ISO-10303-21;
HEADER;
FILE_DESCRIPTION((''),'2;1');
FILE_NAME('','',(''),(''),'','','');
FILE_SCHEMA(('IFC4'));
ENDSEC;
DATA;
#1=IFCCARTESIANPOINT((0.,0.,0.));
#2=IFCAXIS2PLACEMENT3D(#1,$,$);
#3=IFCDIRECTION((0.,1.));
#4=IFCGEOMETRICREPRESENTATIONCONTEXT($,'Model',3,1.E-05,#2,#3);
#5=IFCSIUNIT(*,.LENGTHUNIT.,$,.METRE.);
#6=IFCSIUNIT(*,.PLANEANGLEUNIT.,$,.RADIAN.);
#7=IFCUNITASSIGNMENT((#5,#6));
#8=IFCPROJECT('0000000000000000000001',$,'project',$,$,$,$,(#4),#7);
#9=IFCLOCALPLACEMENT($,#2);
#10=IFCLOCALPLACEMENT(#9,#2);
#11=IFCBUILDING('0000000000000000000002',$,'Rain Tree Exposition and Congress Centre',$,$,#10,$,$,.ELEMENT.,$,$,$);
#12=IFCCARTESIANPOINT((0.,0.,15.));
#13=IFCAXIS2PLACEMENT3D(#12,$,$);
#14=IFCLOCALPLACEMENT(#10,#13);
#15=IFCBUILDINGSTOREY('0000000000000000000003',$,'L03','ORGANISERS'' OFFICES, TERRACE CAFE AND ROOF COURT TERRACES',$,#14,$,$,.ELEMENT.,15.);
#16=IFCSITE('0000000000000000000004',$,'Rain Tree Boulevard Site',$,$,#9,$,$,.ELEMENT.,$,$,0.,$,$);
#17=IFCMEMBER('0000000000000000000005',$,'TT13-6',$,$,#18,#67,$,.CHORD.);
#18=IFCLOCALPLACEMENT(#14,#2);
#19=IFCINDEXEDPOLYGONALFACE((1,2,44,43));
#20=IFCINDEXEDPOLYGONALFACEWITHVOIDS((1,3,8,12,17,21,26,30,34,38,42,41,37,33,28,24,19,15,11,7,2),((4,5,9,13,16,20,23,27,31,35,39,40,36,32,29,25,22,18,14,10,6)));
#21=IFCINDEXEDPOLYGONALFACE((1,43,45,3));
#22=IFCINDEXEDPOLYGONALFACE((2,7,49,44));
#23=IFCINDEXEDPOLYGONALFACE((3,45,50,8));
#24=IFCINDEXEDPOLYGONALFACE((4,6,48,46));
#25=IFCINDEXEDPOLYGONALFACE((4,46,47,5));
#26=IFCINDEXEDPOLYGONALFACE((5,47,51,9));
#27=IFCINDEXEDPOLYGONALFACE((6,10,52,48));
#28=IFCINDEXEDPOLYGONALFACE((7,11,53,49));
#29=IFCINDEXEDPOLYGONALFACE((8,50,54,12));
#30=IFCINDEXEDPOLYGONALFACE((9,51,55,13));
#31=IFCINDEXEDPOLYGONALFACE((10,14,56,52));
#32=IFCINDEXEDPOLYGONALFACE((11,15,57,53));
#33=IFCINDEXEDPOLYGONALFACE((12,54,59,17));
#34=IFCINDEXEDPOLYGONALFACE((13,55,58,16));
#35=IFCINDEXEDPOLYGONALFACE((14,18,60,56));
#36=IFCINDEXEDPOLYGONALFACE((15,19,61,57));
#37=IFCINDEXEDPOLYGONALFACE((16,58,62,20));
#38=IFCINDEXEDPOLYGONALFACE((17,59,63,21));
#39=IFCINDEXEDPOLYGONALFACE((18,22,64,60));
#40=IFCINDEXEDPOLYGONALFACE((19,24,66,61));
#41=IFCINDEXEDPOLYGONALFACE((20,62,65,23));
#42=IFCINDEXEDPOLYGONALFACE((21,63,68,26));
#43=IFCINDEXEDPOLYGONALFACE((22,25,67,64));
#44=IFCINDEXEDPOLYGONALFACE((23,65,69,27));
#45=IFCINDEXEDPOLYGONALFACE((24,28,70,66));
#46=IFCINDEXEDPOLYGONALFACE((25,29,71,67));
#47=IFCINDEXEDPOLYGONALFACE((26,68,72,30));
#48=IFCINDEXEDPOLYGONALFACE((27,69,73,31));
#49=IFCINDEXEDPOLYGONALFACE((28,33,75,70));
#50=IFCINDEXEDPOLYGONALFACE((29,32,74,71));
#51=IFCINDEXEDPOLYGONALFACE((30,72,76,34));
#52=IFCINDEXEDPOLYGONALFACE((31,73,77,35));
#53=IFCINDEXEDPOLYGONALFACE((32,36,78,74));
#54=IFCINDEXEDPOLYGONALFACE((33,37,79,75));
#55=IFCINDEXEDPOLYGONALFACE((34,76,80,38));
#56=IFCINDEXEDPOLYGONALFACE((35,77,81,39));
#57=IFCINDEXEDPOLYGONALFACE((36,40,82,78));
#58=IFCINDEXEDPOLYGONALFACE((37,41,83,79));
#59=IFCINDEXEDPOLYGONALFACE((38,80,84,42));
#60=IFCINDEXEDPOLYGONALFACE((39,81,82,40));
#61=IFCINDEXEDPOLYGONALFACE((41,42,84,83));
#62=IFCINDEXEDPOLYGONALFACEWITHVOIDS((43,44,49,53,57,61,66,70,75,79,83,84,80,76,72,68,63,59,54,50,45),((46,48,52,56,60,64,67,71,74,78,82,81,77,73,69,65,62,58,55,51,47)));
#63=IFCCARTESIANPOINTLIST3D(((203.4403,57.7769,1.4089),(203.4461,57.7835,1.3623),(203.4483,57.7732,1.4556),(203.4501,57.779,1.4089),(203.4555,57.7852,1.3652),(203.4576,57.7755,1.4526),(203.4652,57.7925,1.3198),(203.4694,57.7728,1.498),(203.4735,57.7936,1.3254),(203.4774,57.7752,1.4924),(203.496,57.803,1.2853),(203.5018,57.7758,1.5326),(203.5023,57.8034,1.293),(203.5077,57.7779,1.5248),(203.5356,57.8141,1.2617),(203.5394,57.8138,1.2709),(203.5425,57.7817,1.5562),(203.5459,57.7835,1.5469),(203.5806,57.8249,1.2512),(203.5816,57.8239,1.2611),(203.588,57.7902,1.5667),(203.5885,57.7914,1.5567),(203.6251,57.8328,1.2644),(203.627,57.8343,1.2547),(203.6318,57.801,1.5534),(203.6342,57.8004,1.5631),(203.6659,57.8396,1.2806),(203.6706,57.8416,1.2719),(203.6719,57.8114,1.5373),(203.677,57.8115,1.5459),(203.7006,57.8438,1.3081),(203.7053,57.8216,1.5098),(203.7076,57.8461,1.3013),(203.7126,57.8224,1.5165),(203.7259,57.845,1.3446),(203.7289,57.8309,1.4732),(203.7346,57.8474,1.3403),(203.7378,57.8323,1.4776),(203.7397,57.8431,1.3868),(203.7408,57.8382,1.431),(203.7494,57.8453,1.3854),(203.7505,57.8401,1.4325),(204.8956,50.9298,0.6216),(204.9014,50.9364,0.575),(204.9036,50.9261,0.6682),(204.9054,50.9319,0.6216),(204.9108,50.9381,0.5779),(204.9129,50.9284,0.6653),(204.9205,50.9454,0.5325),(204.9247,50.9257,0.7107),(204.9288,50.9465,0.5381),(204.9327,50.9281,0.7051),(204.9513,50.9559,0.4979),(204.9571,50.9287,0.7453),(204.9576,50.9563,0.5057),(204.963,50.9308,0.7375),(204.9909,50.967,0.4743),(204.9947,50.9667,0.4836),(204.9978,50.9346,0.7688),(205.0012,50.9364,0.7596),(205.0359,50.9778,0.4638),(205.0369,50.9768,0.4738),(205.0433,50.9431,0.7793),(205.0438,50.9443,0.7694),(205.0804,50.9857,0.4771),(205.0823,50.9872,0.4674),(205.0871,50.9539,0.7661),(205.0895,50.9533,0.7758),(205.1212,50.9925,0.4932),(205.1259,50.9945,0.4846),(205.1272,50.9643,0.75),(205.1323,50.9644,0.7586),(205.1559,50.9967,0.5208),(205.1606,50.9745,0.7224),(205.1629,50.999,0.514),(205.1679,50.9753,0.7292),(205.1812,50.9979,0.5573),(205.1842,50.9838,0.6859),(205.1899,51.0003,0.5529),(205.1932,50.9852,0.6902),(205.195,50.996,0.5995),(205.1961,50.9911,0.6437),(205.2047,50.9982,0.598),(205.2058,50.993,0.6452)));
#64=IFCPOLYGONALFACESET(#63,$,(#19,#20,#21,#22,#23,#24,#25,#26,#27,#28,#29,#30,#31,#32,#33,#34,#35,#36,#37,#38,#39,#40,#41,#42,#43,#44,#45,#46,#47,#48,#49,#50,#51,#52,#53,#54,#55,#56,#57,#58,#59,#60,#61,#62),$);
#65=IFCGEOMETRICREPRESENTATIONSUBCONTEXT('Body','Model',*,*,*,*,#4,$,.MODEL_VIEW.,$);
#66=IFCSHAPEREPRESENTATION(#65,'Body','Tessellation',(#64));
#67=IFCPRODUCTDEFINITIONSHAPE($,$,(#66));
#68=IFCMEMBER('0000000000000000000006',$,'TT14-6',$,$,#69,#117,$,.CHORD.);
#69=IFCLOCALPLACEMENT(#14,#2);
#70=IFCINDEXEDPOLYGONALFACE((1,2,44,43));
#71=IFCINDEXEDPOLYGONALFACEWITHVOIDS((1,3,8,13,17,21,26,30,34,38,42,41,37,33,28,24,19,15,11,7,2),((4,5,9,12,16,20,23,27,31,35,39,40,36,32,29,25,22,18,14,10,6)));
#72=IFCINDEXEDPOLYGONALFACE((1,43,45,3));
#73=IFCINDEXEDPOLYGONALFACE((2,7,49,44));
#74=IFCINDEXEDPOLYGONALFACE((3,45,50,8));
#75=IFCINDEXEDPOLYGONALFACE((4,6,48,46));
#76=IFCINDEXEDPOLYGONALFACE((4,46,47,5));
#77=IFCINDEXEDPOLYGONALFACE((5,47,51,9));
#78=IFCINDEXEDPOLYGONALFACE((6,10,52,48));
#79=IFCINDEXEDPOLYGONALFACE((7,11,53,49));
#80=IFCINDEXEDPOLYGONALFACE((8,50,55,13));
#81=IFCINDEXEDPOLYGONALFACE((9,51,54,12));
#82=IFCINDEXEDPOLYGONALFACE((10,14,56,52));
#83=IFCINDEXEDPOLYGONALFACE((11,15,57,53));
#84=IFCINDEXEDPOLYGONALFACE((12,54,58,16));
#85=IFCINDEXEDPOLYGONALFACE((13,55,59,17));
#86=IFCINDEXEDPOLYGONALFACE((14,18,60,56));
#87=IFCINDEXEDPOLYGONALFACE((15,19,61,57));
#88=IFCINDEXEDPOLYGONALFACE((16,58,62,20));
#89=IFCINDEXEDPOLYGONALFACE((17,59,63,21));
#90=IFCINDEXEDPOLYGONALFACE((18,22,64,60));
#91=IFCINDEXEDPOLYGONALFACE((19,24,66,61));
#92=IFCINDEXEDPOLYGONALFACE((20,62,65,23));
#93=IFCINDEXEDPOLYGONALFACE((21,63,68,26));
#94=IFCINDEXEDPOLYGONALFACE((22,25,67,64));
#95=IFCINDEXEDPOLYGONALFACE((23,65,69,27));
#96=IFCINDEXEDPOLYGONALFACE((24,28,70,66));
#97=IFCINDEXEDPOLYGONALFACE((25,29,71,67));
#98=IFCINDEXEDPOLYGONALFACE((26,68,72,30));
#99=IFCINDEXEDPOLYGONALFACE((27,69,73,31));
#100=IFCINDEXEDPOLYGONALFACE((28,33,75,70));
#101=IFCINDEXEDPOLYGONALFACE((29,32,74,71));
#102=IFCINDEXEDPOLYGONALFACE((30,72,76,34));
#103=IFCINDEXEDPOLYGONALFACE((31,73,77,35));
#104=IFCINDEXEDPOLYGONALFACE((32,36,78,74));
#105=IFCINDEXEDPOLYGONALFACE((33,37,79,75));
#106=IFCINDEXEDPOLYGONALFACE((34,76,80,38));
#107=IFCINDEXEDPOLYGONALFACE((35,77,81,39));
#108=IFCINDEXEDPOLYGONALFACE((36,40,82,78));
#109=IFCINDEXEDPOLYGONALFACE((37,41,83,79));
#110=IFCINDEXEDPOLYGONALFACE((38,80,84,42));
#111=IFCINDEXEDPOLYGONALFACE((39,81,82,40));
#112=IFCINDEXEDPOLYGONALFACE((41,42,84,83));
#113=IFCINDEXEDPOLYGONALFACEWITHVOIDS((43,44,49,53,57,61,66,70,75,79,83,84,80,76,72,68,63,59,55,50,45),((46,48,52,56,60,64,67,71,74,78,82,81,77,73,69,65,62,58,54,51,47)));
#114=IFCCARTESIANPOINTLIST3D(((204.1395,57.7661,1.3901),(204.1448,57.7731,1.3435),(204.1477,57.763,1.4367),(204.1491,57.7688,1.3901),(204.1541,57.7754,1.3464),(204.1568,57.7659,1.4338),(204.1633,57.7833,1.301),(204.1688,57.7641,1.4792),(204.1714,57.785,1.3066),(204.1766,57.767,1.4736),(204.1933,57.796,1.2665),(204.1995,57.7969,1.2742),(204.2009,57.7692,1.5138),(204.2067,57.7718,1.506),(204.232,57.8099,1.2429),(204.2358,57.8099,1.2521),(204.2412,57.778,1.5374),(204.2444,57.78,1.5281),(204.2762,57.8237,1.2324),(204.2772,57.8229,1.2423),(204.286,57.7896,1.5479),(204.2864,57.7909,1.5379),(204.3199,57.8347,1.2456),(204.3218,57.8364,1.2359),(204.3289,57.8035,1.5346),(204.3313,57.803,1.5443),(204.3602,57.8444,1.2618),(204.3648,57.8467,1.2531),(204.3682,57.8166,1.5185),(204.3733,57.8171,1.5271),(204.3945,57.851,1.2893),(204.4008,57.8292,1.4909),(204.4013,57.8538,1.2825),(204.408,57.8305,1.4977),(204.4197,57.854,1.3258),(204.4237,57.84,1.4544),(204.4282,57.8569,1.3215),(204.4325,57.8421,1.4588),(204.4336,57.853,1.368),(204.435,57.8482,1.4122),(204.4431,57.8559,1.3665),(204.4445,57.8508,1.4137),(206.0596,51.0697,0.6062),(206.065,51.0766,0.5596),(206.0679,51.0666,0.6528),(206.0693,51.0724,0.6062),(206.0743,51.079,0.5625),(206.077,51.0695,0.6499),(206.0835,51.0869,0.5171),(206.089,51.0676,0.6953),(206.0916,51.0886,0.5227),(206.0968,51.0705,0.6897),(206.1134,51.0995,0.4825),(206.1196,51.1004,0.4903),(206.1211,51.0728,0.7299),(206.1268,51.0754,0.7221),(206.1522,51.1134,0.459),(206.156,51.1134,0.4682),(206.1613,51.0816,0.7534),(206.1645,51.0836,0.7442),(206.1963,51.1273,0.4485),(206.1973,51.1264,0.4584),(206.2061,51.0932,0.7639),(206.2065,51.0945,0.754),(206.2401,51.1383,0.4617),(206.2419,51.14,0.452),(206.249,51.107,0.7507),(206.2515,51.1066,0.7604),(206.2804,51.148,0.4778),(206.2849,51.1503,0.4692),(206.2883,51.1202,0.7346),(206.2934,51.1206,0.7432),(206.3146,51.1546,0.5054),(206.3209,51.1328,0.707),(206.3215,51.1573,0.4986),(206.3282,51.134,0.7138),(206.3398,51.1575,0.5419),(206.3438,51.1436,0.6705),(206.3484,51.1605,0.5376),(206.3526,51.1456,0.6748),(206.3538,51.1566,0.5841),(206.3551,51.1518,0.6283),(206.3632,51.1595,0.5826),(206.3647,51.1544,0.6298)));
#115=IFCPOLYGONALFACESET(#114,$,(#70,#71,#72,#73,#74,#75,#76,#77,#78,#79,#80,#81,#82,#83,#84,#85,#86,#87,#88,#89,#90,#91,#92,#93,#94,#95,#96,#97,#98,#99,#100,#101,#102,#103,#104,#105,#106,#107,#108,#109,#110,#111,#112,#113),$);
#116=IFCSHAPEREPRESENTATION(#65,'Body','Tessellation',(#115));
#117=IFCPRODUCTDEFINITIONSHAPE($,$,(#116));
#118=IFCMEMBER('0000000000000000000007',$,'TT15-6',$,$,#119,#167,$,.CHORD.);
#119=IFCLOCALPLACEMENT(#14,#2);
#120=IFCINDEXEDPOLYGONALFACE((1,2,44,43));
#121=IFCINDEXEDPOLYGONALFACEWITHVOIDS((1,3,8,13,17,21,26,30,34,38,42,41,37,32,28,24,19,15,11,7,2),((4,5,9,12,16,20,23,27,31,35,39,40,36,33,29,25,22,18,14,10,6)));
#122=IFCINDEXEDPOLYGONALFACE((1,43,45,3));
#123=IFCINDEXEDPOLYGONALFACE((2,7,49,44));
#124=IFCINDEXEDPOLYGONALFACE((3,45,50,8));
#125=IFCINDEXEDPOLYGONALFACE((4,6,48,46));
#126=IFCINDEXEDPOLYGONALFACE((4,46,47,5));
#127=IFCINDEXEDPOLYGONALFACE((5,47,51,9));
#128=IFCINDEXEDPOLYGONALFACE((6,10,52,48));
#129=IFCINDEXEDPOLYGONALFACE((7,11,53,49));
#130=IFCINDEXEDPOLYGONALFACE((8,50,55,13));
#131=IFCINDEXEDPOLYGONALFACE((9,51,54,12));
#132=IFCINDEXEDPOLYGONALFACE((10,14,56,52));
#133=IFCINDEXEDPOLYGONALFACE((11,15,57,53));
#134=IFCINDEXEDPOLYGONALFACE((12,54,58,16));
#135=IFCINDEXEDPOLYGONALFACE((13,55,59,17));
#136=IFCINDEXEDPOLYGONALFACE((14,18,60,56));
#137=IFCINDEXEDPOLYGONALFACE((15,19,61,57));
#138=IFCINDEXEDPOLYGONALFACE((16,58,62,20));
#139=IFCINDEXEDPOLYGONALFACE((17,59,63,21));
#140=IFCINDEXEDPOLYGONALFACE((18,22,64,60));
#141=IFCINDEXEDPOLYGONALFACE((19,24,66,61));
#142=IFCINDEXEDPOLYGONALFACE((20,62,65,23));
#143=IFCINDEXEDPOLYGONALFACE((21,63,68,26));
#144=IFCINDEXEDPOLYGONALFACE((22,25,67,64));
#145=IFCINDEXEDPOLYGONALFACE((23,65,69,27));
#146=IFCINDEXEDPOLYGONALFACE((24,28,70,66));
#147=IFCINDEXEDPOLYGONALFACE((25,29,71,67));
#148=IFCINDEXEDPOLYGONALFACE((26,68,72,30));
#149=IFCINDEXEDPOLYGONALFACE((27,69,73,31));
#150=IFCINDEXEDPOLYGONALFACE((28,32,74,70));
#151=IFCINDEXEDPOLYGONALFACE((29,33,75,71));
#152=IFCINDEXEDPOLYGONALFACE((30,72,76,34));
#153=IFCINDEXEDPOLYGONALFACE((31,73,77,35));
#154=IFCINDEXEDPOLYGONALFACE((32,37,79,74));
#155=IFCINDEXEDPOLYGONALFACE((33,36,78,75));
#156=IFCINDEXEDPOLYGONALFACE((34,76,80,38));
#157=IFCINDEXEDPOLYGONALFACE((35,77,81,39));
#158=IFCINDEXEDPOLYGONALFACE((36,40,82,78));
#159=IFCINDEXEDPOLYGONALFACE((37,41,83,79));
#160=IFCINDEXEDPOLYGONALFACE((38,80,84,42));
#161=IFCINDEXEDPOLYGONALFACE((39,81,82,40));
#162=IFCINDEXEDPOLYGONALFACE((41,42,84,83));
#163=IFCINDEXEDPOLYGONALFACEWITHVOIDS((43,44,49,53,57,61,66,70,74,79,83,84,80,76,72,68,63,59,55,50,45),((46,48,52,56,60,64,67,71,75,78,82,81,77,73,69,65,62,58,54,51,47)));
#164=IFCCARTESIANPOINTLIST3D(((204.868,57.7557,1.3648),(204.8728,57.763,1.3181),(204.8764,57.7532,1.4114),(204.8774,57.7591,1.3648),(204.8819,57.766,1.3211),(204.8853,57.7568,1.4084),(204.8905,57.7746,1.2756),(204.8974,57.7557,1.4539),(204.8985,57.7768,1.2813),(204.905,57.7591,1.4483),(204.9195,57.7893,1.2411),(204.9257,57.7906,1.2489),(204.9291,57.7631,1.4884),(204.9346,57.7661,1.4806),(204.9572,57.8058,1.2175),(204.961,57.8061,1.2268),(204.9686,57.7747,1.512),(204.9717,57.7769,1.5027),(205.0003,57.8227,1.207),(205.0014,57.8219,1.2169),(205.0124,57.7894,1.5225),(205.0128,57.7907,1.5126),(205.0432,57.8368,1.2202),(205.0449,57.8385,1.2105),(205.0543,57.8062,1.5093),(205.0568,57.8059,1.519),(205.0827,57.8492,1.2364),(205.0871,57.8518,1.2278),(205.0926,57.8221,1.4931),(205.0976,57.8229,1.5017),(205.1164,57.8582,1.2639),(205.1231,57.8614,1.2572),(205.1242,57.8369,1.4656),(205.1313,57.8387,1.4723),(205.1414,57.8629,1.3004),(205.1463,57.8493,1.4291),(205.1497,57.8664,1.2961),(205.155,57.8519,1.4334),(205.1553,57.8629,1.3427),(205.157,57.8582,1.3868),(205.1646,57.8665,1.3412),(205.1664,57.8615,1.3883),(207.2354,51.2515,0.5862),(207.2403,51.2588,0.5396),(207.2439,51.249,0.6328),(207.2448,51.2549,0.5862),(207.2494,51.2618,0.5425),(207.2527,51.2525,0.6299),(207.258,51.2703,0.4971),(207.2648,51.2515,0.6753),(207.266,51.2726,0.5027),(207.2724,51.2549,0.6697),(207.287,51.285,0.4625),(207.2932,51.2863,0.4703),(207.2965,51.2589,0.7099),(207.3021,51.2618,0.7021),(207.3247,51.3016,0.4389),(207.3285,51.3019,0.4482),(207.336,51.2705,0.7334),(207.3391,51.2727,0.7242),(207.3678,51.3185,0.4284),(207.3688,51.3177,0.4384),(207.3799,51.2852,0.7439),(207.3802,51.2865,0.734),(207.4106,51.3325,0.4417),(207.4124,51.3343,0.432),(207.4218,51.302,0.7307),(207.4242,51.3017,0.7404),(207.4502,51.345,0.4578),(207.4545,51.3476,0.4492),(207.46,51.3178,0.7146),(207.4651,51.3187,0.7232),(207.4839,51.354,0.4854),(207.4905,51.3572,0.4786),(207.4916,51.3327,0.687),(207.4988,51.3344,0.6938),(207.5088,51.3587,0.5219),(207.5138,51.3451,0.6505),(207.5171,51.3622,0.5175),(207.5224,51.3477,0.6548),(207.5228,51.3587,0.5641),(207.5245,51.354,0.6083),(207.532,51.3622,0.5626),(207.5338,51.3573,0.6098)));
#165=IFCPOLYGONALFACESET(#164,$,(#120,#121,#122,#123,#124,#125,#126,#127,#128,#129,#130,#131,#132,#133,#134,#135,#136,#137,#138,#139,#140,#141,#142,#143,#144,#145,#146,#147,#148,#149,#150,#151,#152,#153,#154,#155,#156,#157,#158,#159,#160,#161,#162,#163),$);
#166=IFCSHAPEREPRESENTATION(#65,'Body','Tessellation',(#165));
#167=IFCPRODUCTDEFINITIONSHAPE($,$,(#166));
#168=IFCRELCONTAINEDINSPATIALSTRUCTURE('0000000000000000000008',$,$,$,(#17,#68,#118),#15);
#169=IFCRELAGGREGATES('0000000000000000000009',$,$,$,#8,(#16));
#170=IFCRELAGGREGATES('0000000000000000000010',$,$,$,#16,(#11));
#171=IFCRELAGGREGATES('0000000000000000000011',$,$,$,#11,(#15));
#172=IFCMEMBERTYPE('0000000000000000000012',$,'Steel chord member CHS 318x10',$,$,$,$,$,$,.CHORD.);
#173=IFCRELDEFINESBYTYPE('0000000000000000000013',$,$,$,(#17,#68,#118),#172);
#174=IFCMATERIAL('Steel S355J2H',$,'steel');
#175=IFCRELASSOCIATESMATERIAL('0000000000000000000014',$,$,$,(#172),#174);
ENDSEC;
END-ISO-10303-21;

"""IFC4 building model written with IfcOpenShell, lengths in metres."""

from ifc_helpers import new_model, si_unit, direction, frame, origin, origin_2d, place, context, subcontext, project, spatial, hollow_circle, extrude, material, material_profile, profile_set, type_object, element, save


model = new_model("IFC4")

# Units and contexts
model_context = context("Model", 3, precision=1e-05, world=origin(), true_north=direction((0.0, 1.0)))
body_context = subcontext(model_context, "Body", "Model", "MODEL_VIEW")
ifc_project = project(units=[si_unit("LENGTHUNIT", "METRE"), si_unit("PLANEANGLEUNIT", "RADIAN")], contexts=[model_context])

# Site, building, storey
site_placement = place(None, origin())
site = spatial("IfcSite", under=ifc_project, at=site_placement, Name="Rain Tree Boulevard Site", CompositionType="ELEMENT", RefElevation=0.0)
building_placement = place(site_placement, origin())
building = spatial("IfcBuilding", under=site, at=building_placement, Name="Rain Tree Exposition and Congress Centre", CompositionType="ELEMENT")
storey_placement = place(building_placement, frame((0.0, 0.0, 15.0)))
storey = spatial("IfcBuildingStorey", under=building, at=storey_placement, Name="L03", Description="ORGANISERS' OFFICES, TERRACE CAFE AND ROOF COURT TERRACES", CompositionType="ELEMENT", Elevation=15.0)

# Members
ifc_material_1 = material(Name="Steel S355J2H", Category="steel")
ifc_material_profile_1 = material_profile(ifc_material_1, hollow_circle(Radius=0.1592, WallThickness=0.01, at=origin_2d()), Name="CHS 318x10")
ifc_profile_set_1 = profile_set([ifc_material_profile_1], Name="Steel S355J2H")
member_type_1 = type_object("IfcMemberType", Name="Steel chord member CHS 318x10", PredefinedType="CHORD", material=ifc_profile_set_1)
member_1_placement = place(storey_placement, frame((205.0513, 50.9629, 0.6216), z_axis=(-0.206597, 0.972021, 0.111772), x_axis=(-0.97815, -0.2079, 0.0)))
element("IfcMember", 1, at=member_1_placement, inside=storey, type_object=member_type_1, Name="TT13-6", PredefinedType="CHORD", context=body_context, shape_type="SweptSolid", body=[
    extrude(hollow_circle(Radius=0.1592, WallThickness=0.01, at=origin_2d()), origin(), (0.0, 0.0, 1.0), 7.0442),
])
member_2_placement = place(storey_placement, frame((206.2126, 51.1135, 0.6062), z_axis=(-0.273904, 0.955234, 0.111825), x_axis=(-0.961263, -0.275633, 0.0)))
element("IfcMember", 2, at=member_2_placement, inside=storey, type_object=member_type_1, Name="TT14-6", PredefinedType="CHORD", context=body_context, shape_type="SweptSolid", body=[
    extrude(hollow_circle(Radius=0.1592, WallThickness=0.01, at=origin_2d()), origin(), (0.0, 0.0, 1.0), 7.0103),
])
member_3_placement = place(storey_placement, frame((207.385, 51.3059, 0.5862), z_axis=(-0.339891, 0.933798, 0.111778), x_axis=(-0.939687, -0.342035, 0.0)))
element("IfcMember", 3, at=member_3_placement, inside=storey, type_object=member_type_1, Name="TT15-6", PredefinedType="CHORD", context=body_context, shape_type="SweptSolid", body=[
    extrude(hollow_circle(Radius=0.1592, WallThickness=0.01, at=origin_2d()), origin(), (0.0, 0.0, 1.0), 6.9653),
])

save(model, "model.ifc")
